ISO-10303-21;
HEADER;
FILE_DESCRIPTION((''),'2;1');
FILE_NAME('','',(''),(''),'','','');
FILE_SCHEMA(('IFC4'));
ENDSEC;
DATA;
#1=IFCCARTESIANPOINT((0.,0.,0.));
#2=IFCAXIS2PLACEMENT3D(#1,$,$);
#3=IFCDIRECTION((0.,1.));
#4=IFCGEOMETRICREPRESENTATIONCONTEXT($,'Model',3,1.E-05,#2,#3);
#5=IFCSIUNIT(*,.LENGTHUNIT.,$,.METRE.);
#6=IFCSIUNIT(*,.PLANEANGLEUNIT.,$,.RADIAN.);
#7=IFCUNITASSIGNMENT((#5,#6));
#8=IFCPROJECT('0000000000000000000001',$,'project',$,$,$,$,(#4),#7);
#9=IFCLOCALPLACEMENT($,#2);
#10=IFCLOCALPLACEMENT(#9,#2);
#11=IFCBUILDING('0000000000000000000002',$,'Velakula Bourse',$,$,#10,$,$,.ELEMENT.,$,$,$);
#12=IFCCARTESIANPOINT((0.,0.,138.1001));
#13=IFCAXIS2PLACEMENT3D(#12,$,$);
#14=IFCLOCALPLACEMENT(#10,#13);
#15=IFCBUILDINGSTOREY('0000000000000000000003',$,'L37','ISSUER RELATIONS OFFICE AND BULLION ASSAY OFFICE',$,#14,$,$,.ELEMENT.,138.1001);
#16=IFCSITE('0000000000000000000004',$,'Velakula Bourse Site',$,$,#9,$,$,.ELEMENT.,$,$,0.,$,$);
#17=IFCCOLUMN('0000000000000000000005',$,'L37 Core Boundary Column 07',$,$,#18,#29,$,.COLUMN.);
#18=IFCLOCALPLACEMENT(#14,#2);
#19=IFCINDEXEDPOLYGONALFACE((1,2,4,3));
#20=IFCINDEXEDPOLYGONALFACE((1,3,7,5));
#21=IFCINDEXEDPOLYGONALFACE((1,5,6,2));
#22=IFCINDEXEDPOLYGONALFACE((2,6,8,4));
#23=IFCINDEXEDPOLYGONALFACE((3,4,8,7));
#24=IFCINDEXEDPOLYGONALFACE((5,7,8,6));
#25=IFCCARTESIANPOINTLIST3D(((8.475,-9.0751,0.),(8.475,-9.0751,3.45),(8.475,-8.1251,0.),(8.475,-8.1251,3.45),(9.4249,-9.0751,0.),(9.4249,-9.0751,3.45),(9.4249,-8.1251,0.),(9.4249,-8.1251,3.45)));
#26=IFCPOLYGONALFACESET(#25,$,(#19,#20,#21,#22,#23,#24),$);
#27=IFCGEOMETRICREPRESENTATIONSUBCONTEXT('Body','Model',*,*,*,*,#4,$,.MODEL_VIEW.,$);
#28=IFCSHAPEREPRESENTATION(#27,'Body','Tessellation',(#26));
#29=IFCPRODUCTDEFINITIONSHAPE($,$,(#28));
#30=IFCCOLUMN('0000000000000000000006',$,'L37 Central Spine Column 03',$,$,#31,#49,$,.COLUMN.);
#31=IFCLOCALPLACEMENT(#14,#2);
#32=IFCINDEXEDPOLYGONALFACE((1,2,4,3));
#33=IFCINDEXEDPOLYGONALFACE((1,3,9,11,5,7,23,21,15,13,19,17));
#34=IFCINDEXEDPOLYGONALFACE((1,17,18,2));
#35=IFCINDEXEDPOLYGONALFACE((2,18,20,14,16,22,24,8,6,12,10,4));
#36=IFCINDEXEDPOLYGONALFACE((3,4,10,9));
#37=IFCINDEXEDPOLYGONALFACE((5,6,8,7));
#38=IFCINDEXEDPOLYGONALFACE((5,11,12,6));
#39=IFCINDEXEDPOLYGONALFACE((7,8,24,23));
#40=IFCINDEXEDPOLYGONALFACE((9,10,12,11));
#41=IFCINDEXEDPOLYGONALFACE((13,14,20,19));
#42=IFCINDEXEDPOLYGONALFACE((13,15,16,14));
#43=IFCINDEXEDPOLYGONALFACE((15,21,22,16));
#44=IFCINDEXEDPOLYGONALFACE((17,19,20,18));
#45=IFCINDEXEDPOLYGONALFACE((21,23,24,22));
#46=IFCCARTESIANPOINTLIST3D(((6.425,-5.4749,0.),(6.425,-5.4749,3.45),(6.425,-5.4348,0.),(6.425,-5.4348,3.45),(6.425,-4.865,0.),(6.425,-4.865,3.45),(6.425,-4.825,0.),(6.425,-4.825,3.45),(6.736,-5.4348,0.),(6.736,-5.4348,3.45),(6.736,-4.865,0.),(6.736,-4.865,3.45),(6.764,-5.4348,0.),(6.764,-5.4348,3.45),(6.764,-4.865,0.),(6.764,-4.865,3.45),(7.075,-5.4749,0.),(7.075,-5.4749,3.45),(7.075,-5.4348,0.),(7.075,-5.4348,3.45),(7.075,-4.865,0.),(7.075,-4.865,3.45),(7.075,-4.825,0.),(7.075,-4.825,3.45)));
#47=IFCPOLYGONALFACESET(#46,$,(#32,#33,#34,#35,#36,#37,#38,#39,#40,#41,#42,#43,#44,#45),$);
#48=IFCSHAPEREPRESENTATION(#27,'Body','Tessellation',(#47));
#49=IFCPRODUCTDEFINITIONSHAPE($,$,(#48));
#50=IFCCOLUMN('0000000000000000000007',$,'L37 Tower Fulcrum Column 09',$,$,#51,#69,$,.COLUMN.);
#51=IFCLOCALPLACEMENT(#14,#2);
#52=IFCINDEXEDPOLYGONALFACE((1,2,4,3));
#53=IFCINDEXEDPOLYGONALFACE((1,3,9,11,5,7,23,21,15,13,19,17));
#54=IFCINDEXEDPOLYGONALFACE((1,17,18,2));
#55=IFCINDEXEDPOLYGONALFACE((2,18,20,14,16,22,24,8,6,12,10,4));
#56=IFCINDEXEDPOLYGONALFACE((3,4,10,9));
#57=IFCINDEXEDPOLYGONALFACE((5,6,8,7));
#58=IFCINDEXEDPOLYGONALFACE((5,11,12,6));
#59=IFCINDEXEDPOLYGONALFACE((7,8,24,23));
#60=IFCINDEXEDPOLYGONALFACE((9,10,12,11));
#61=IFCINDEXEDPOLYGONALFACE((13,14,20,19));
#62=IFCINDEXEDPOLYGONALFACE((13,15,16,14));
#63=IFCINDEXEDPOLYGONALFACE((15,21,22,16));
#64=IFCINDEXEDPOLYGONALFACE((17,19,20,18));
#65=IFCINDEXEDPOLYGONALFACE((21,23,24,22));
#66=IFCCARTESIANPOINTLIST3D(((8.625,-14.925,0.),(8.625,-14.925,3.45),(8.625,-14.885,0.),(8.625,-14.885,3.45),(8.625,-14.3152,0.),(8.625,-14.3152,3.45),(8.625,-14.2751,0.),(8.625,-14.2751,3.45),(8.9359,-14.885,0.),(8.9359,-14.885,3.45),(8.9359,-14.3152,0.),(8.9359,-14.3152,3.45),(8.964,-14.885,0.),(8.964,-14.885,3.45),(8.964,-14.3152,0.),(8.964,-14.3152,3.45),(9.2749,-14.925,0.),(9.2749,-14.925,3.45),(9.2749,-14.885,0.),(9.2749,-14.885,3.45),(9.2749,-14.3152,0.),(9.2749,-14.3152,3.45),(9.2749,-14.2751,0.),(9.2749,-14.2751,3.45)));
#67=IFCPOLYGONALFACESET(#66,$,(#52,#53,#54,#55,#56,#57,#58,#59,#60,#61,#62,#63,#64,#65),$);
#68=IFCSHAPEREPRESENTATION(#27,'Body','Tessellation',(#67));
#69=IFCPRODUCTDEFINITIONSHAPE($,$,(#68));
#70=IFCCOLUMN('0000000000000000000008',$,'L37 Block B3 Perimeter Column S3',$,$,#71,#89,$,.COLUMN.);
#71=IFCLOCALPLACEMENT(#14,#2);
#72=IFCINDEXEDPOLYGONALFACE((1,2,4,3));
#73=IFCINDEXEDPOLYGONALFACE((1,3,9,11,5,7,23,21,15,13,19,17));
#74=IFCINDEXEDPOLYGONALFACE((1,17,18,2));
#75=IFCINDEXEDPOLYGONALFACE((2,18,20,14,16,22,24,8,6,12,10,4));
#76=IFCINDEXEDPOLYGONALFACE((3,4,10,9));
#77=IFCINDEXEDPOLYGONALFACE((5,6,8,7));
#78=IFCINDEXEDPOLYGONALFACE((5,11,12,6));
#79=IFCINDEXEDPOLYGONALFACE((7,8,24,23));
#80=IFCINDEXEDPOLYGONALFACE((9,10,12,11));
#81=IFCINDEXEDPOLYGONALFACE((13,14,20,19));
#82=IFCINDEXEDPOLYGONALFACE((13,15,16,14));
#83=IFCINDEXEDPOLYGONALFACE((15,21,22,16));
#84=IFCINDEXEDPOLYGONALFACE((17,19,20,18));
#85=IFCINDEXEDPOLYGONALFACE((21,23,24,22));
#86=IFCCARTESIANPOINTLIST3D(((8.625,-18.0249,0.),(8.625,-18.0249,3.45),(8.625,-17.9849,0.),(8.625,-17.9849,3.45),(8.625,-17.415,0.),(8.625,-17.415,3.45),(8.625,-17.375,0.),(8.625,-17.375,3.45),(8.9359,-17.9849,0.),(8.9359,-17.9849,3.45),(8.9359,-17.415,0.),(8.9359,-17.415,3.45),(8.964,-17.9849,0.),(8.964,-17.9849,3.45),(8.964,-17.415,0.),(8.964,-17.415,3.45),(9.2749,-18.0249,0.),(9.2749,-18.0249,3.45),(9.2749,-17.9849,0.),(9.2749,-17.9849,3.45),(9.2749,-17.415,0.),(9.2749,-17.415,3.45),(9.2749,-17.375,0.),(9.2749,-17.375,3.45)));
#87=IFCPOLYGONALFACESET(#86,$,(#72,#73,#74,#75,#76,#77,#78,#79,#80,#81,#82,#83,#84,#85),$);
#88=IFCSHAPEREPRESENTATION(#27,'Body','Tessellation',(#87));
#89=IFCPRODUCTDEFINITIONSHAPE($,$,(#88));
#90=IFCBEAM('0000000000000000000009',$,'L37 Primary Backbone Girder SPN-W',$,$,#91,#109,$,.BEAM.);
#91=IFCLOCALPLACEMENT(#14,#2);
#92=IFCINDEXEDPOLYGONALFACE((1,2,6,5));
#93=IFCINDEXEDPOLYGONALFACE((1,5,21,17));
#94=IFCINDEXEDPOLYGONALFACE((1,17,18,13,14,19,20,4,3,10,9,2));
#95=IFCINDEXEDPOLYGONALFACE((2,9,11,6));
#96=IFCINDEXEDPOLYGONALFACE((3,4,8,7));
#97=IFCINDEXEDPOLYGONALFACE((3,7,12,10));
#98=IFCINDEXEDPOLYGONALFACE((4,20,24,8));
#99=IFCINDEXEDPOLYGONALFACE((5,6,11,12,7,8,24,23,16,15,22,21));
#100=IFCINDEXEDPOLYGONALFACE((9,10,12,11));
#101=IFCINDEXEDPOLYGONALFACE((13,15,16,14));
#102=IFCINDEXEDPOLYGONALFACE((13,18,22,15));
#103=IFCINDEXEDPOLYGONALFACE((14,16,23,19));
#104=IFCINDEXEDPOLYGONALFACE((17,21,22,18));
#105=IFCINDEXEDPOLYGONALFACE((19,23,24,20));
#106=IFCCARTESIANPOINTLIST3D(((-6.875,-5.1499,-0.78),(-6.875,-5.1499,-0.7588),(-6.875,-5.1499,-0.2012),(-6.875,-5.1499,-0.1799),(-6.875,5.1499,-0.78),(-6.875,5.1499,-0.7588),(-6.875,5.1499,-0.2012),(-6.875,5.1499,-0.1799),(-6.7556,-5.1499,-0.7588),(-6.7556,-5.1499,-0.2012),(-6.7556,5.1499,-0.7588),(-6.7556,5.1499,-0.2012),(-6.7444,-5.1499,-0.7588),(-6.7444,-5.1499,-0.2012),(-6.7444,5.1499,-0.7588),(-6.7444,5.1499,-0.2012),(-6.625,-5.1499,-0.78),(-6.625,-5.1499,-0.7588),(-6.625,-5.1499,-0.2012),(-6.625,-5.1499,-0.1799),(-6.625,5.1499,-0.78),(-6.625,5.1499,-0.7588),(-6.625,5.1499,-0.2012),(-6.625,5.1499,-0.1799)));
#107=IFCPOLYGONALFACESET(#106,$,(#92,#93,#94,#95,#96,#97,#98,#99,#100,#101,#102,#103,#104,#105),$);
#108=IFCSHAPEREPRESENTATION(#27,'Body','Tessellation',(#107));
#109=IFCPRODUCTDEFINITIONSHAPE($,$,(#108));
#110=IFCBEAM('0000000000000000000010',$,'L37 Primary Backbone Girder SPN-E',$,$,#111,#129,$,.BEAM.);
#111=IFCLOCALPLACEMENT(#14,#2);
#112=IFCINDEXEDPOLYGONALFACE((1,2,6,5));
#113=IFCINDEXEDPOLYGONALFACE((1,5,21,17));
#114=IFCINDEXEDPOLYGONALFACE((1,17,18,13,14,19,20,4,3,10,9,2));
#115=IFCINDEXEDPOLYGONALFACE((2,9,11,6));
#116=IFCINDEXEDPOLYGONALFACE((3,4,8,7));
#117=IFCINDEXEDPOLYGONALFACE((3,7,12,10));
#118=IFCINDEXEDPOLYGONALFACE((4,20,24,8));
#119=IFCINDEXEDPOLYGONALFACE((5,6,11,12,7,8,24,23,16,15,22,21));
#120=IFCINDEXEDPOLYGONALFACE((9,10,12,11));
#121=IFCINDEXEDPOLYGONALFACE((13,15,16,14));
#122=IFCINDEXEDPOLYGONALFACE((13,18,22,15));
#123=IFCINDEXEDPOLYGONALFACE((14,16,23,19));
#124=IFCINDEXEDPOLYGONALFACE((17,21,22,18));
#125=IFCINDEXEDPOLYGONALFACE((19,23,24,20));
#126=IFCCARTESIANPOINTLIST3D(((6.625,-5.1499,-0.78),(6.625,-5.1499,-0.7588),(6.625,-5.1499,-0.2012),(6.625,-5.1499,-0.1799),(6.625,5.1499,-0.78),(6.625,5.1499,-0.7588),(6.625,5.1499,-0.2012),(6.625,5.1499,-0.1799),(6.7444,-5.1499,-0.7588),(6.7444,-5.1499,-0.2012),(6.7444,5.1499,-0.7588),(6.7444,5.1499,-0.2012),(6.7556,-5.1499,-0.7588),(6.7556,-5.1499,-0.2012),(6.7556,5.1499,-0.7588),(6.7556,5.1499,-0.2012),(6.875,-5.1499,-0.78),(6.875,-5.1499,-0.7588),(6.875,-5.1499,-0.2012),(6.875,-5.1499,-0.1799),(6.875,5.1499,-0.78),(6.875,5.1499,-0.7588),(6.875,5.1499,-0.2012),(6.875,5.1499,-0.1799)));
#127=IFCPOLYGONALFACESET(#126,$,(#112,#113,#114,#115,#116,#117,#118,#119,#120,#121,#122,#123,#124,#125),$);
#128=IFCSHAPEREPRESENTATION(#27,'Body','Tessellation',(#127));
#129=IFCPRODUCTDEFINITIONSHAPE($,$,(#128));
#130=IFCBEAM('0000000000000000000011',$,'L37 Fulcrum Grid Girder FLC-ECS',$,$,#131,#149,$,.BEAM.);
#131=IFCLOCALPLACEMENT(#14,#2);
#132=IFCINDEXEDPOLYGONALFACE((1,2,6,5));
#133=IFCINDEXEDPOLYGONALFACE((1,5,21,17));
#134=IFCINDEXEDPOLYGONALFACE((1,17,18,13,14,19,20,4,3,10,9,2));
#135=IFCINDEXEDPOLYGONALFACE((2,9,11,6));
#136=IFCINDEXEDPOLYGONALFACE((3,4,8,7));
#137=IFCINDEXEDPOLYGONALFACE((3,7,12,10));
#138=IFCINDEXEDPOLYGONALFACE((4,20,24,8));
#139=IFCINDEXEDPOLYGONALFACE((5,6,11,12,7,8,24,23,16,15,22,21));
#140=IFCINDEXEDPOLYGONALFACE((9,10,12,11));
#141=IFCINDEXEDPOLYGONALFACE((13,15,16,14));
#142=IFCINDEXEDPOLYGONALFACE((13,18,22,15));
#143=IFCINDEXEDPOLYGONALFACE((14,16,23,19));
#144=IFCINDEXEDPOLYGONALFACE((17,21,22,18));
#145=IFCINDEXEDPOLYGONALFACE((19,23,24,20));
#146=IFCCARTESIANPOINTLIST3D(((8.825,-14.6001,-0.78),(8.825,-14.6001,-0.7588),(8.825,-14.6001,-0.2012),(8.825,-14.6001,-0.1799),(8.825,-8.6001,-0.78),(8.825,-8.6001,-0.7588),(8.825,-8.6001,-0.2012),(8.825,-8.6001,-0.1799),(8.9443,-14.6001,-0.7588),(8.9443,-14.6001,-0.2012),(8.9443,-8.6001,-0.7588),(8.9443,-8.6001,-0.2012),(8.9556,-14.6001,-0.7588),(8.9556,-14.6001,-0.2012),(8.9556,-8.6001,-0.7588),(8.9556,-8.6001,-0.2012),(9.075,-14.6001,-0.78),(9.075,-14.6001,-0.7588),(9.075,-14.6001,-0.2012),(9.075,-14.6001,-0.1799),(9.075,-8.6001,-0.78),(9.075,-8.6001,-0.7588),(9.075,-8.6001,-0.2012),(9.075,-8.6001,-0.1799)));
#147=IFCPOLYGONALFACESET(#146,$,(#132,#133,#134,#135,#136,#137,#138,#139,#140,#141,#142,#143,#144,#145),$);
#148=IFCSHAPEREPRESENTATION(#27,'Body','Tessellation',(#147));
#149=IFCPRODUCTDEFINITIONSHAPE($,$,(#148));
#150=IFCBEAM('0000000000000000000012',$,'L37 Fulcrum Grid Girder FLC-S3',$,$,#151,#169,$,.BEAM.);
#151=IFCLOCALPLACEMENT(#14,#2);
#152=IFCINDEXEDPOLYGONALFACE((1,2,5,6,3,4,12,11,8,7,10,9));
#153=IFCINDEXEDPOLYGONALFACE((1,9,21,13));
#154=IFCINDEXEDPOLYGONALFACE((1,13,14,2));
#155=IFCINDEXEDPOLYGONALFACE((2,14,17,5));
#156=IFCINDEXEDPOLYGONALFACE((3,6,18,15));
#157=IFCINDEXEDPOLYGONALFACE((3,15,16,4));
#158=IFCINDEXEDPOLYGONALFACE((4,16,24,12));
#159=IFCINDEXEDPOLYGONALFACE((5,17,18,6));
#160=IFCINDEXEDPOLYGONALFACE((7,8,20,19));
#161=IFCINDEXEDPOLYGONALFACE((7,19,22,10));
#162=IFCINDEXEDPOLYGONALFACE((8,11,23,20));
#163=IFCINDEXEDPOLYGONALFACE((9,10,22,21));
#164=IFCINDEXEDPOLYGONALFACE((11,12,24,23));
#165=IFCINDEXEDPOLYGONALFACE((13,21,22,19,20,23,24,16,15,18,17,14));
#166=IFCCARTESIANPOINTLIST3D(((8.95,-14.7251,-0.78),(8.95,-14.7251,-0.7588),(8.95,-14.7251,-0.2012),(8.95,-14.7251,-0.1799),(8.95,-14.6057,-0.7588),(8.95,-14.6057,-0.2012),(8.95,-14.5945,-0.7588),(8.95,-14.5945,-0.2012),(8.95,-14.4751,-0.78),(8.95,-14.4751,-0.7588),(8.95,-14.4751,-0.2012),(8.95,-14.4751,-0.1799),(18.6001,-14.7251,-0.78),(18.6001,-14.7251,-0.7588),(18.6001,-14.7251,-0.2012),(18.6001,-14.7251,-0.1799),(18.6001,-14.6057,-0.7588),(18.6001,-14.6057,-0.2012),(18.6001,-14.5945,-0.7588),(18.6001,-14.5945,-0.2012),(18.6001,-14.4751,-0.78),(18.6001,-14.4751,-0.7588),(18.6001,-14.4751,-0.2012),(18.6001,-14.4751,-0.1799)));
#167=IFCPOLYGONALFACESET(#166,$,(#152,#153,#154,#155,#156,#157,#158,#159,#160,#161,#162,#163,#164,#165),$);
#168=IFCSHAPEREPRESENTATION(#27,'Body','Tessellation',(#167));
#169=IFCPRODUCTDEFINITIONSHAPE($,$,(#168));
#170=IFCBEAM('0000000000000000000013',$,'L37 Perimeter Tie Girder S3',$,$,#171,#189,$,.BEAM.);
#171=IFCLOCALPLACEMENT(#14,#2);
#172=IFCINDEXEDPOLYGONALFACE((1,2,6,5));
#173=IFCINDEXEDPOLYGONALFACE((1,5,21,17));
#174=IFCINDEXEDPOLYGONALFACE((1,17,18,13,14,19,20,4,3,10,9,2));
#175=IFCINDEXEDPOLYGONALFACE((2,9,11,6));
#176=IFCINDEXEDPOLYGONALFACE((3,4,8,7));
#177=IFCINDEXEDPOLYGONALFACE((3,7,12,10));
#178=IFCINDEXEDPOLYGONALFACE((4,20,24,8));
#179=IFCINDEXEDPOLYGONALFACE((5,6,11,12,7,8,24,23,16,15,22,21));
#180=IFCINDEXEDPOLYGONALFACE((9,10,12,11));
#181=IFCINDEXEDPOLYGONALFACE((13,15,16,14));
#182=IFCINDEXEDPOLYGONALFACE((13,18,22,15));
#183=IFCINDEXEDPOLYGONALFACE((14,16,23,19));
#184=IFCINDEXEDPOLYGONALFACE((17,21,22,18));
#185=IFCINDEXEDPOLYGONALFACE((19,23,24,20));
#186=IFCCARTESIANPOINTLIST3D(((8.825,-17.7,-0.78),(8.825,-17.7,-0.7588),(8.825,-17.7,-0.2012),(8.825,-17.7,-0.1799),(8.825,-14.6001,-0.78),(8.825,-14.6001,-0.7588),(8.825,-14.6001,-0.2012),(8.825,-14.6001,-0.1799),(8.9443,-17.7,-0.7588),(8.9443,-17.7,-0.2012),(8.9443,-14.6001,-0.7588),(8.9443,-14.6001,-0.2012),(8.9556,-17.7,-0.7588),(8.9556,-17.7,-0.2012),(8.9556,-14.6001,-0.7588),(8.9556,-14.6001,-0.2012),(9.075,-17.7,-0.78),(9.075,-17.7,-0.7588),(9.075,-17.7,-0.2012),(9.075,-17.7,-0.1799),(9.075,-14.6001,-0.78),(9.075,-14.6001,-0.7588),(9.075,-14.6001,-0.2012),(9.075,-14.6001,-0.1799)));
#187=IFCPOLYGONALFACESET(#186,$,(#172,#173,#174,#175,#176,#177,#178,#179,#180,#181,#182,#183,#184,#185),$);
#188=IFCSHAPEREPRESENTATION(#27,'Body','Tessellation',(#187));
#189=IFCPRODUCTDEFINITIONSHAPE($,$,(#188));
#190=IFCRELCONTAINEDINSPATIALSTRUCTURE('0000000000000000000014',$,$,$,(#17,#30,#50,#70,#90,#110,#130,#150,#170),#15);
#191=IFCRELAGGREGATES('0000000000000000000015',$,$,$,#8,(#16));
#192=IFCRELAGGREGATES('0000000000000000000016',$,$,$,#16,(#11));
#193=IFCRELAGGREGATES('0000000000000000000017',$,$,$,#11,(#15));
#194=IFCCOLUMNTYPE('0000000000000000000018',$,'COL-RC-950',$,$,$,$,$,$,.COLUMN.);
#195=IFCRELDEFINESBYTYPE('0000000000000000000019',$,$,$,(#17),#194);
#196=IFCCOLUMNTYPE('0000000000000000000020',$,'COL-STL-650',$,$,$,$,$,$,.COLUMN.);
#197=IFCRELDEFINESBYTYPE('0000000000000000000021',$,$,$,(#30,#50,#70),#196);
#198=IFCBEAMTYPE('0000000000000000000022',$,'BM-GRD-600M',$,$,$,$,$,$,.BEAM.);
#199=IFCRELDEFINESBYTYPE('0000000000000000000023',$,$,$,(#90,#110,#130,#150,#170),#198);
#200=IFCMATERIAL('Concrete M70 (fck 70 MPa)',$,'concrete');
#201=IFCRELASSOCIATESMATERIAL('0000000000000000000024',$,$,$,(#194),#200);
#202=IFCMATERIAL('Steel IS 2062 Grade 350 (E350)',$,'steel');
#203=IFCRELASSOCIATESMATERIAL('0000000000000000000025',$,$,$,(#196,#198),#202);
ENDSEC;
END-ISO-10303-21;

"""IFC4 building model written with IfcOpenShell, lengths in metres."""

from ifc_helpers import new_model, si_unit, direction, frame, origin, origin_2d, place, context, subcontext, project, spatial, rectangle, i_section, extrude, material, material_profile, profile_set, type_object, element, save


model = new_model("IFC4")

# Units and contexts
model_context = context("Model", 3, precision=1e-05, world=origin(), true_north=direction((0.0, 1.0)))
body_context = subcontext(model_context, "Body", "Model", "MODEL_VIEW")
ifc_project = project(units=[si_unit("LENGTHUNIT", "METRE"), si_unit("PLANEANGLEUNIT", "RADIAN")], contexts=[model_context])

# Site, building, storey
site_placement = place(None, origin())
site = spatial("IfcSite", under=ifc_project, at=site_placement, Name="Velakula Bourse Site", CompositionType="ELEMENT", RefElevation=0.0)
building_placement = place(site_placement, origin())
building = spatial("IfcBuilding", under=site, at=building_placement, Name="Velakula Bourse", CompositionType="ELEMENT")
storey_placement = place(building_placement, frame((0.0, 0.0, 138.1001)))
storey = spatial("IfcBuildingStorey", under=building, at=storey_placement, Name="L37", Description="ISSUER RELATIONS OFFICE AND BULLION ASSAY OFFICE", CompositionType="ELEMENT", Elevation=138.1001)

# Columns
ifc_material_1 = material(Name="Concrete M70 (fck 70 MPa)", Category="concrete")
ifc_material_profile_1 = material_profile(ifc_material_1, rectangle(XDim=0.95, YDim=0.95, at=origin_2d()), Name="Concrete M70 (fck 70 MPa)")
ifc_profile_set_1 = profile_set([ifc_material_profile_1], Name="Concrete M70 (fck 70 MPa)")
column_type_1 = type_object("IfcColumnType", Name="COL-RC-950", PredefinedType="COLUMN", material=ifc_profile_set_1)
column_placement = place(storey_placement, frame((8.95, -8.6001, 0.0), z_axis=(0.0, 0.0, 1.0), x_axis=(1.0, 0.0, 0.0)))
element("IfcColumn", 1, at=column_placement, inside=storey, type_object=column_type_1, Name="L37 Core Boundary Column 07", PredefinedType="COLUMN", context=body_context, shape_type="SweptSolid", body=[
    extrude(rectangle(XDim=0.95, YDim=0.95, at=origin_2d()), origin(), (0.0, 0.0, 1.0), 3.45),
])
ifc_material_2 = material(Name="Steel IS 2062 Grade 350 (E350)", Category="steel")
ifc_material_profile_2 = material_profile(ifc_material_2, i_section(OverallWidth=0.6499, OverallDepth=0.6499, WebThickness=0.0281, FlangeThickness=0.04, at=origin_2d()), Name="Steel IS 2062 Grade 350 (E350)")
ifc_profile_set_2 = profile_set([ifc_material_profile_2], Name="Steel IS 2062 Grade 350 (E350)")
column_type_2 = type_object("IfcColumnType", Name="COL-STL-650", PredefinedType="COLUMN", material=ifc_profile_set_2)
for number, where, z_axis, x_axis, name in (
    (2, (6.75, -5.1499, 0.0), (0.0, 0.0, 1.0), (1.0, 0.0, 0.0), "L37 Central Spine Column 03"),
    (3, (8.95, -14.6001, 0.0), (0.0, 0.0, 1.0), (1.0, 0.0, 0.0), "L37 Tower Fulcrum Column 09"),
    (4, (8.95, -17.7, 0.0), (0.0, 0.0, 1.0), (1.0, 0.0, 0.0), "L37 Block B3 Perimeter Column S3"),
):
    element("IfcColumn", number, at=place(storey_placement, frame(where, z_axis=z_axis, x_axis=x_axis)), inside=storey, type_object=column_type_2, Name=name, PredefinedType="COLUMN", context=body_context, shape_type="SweptSolid", body=[
        extrude(i_section(OverallWidth=0.6499, OverallDepth=0.6499, WebThickness=0.0281, FlangeThickness=0.04, at=origin_2d()), origin(), (0.0, 0.0, 1.0), 3.45),
    ])

# Beams
ifc_material_profile_3 = material_profile(ifc_material_2, i_section(OverallWidth=0.25, OverallDepth=0.6001, WebThickness=0.0112, FlangeThickness=0.0212, at=origin_2d()), Name="Steel IS 2062 Grade 350 (E350)")
ifc_profile_set_3 = profile_set([ifc_material_profile_3], Name="Steel IS 2062 Grade 350 (E350)")
beam_type_1 = type_object("IfcBeamType", Name="BM-GRD-600M", PredefinedType="BEAM", material=ifc_profile_set_3)
for number, where, z_axis, x_axis, name in (
    (5, (-6.75, -5.1499, -0.48), (0.0, 1.0, 0.0), (-1.0, 0.0, 0.0), "L37 Primary Backbone Girder SPN-W"),
    (6, (6.75, -5.1499, -0.48), (0.0, 1.0, 0.0), (-1.0, 0.0, 0.0), "L37 Primary Backbone Girder SPN-E"),
):
    element("IfcBeam", number, at=place(storey_placement, frame(where, z_axis=z_axis, x_axis=x_axis)), inside=storey, type_object=beam_type_1, Name=name, PredefinedType="BEAM", context=body_context, shape_type="SweptSolid", body=[
        extrude(i_section(OverallWidth=0.25, OverallDepth=0.6001, WebThickness=0.0112, FlangeThickness=0.0212, at=origin_2d()), origin(), (0.0, 0.0, 1.0), 10.2998),
    ])
beam_1_placement = place(storey_placement, frame((8.95, -14.6001, -0.48), z_axis=(0.0, 1.0, 0.0), x_axis=(-1.0, 0.0, 0.0)))
element("IfcBeam", 7, at=beam_1_placement, inside=storey, type_object=beam_type_1, Name="L37 Fulcrum Grid Girder FLC-ECS", PredefinedType="BEAM", context=body_context, shape_type="SweptSolid", body=[
    extrude(i_section(OverallWidth=0.25, OverallDepth=0.6001, WebThickness=0.0112, FlangeThickness=0.0212, at=origin_2d()), origin(), (0.0, 0.0, 1.0), 6.0),
])
beam_2_placement = place(storey_placement, frame((8.95, -14.6001, -0.48), z_axis=(1.0, 0.0, 0.0), x_axis=(0.0, 1.0, 0.0)))
element("IfcBeam", 8, at=beam_2_placement, inside=storey, type_object=beam_type_1, Name="L37 Fulcrum Grid Girder FLC-S3", PredefinedType="BEAM", context=body_context, shape_type="SweptSolid", body=[
    extrude(i_section(OverallWidth=0.25, OverallDepth=0.6001, WebThickness=0.0112, FlangeThickness=0.0212, at=origin_2d()), origin(), (0.0, 0.0, 1.0), 9.6501),
])
beam_3_placement = place(storey_placement, frame((8.95, -14.6001, -0.48), z_axis=(0.0, -1.0, 0.0), x_axis=(1.0, 0.0, 0.0)))
element("IfcBeam", 9, at=beam_3_placement, inside=storey, type_object=beam_type_1, Name="L37 Perimeter Tie Girder S3", PredefinedType="BEAM", context=body_context, shape_type="SweptSolid", body=[
    extrude(i_section(OverallWidth=0.25, OverallDepth=0.6001, WebThickness=0.0112, FlangeThickness=0.0212, at=origin_2d()), origin(), (0.0, 0.0, 1.0), 3.0999),
])

save(model, "model.ifc")
